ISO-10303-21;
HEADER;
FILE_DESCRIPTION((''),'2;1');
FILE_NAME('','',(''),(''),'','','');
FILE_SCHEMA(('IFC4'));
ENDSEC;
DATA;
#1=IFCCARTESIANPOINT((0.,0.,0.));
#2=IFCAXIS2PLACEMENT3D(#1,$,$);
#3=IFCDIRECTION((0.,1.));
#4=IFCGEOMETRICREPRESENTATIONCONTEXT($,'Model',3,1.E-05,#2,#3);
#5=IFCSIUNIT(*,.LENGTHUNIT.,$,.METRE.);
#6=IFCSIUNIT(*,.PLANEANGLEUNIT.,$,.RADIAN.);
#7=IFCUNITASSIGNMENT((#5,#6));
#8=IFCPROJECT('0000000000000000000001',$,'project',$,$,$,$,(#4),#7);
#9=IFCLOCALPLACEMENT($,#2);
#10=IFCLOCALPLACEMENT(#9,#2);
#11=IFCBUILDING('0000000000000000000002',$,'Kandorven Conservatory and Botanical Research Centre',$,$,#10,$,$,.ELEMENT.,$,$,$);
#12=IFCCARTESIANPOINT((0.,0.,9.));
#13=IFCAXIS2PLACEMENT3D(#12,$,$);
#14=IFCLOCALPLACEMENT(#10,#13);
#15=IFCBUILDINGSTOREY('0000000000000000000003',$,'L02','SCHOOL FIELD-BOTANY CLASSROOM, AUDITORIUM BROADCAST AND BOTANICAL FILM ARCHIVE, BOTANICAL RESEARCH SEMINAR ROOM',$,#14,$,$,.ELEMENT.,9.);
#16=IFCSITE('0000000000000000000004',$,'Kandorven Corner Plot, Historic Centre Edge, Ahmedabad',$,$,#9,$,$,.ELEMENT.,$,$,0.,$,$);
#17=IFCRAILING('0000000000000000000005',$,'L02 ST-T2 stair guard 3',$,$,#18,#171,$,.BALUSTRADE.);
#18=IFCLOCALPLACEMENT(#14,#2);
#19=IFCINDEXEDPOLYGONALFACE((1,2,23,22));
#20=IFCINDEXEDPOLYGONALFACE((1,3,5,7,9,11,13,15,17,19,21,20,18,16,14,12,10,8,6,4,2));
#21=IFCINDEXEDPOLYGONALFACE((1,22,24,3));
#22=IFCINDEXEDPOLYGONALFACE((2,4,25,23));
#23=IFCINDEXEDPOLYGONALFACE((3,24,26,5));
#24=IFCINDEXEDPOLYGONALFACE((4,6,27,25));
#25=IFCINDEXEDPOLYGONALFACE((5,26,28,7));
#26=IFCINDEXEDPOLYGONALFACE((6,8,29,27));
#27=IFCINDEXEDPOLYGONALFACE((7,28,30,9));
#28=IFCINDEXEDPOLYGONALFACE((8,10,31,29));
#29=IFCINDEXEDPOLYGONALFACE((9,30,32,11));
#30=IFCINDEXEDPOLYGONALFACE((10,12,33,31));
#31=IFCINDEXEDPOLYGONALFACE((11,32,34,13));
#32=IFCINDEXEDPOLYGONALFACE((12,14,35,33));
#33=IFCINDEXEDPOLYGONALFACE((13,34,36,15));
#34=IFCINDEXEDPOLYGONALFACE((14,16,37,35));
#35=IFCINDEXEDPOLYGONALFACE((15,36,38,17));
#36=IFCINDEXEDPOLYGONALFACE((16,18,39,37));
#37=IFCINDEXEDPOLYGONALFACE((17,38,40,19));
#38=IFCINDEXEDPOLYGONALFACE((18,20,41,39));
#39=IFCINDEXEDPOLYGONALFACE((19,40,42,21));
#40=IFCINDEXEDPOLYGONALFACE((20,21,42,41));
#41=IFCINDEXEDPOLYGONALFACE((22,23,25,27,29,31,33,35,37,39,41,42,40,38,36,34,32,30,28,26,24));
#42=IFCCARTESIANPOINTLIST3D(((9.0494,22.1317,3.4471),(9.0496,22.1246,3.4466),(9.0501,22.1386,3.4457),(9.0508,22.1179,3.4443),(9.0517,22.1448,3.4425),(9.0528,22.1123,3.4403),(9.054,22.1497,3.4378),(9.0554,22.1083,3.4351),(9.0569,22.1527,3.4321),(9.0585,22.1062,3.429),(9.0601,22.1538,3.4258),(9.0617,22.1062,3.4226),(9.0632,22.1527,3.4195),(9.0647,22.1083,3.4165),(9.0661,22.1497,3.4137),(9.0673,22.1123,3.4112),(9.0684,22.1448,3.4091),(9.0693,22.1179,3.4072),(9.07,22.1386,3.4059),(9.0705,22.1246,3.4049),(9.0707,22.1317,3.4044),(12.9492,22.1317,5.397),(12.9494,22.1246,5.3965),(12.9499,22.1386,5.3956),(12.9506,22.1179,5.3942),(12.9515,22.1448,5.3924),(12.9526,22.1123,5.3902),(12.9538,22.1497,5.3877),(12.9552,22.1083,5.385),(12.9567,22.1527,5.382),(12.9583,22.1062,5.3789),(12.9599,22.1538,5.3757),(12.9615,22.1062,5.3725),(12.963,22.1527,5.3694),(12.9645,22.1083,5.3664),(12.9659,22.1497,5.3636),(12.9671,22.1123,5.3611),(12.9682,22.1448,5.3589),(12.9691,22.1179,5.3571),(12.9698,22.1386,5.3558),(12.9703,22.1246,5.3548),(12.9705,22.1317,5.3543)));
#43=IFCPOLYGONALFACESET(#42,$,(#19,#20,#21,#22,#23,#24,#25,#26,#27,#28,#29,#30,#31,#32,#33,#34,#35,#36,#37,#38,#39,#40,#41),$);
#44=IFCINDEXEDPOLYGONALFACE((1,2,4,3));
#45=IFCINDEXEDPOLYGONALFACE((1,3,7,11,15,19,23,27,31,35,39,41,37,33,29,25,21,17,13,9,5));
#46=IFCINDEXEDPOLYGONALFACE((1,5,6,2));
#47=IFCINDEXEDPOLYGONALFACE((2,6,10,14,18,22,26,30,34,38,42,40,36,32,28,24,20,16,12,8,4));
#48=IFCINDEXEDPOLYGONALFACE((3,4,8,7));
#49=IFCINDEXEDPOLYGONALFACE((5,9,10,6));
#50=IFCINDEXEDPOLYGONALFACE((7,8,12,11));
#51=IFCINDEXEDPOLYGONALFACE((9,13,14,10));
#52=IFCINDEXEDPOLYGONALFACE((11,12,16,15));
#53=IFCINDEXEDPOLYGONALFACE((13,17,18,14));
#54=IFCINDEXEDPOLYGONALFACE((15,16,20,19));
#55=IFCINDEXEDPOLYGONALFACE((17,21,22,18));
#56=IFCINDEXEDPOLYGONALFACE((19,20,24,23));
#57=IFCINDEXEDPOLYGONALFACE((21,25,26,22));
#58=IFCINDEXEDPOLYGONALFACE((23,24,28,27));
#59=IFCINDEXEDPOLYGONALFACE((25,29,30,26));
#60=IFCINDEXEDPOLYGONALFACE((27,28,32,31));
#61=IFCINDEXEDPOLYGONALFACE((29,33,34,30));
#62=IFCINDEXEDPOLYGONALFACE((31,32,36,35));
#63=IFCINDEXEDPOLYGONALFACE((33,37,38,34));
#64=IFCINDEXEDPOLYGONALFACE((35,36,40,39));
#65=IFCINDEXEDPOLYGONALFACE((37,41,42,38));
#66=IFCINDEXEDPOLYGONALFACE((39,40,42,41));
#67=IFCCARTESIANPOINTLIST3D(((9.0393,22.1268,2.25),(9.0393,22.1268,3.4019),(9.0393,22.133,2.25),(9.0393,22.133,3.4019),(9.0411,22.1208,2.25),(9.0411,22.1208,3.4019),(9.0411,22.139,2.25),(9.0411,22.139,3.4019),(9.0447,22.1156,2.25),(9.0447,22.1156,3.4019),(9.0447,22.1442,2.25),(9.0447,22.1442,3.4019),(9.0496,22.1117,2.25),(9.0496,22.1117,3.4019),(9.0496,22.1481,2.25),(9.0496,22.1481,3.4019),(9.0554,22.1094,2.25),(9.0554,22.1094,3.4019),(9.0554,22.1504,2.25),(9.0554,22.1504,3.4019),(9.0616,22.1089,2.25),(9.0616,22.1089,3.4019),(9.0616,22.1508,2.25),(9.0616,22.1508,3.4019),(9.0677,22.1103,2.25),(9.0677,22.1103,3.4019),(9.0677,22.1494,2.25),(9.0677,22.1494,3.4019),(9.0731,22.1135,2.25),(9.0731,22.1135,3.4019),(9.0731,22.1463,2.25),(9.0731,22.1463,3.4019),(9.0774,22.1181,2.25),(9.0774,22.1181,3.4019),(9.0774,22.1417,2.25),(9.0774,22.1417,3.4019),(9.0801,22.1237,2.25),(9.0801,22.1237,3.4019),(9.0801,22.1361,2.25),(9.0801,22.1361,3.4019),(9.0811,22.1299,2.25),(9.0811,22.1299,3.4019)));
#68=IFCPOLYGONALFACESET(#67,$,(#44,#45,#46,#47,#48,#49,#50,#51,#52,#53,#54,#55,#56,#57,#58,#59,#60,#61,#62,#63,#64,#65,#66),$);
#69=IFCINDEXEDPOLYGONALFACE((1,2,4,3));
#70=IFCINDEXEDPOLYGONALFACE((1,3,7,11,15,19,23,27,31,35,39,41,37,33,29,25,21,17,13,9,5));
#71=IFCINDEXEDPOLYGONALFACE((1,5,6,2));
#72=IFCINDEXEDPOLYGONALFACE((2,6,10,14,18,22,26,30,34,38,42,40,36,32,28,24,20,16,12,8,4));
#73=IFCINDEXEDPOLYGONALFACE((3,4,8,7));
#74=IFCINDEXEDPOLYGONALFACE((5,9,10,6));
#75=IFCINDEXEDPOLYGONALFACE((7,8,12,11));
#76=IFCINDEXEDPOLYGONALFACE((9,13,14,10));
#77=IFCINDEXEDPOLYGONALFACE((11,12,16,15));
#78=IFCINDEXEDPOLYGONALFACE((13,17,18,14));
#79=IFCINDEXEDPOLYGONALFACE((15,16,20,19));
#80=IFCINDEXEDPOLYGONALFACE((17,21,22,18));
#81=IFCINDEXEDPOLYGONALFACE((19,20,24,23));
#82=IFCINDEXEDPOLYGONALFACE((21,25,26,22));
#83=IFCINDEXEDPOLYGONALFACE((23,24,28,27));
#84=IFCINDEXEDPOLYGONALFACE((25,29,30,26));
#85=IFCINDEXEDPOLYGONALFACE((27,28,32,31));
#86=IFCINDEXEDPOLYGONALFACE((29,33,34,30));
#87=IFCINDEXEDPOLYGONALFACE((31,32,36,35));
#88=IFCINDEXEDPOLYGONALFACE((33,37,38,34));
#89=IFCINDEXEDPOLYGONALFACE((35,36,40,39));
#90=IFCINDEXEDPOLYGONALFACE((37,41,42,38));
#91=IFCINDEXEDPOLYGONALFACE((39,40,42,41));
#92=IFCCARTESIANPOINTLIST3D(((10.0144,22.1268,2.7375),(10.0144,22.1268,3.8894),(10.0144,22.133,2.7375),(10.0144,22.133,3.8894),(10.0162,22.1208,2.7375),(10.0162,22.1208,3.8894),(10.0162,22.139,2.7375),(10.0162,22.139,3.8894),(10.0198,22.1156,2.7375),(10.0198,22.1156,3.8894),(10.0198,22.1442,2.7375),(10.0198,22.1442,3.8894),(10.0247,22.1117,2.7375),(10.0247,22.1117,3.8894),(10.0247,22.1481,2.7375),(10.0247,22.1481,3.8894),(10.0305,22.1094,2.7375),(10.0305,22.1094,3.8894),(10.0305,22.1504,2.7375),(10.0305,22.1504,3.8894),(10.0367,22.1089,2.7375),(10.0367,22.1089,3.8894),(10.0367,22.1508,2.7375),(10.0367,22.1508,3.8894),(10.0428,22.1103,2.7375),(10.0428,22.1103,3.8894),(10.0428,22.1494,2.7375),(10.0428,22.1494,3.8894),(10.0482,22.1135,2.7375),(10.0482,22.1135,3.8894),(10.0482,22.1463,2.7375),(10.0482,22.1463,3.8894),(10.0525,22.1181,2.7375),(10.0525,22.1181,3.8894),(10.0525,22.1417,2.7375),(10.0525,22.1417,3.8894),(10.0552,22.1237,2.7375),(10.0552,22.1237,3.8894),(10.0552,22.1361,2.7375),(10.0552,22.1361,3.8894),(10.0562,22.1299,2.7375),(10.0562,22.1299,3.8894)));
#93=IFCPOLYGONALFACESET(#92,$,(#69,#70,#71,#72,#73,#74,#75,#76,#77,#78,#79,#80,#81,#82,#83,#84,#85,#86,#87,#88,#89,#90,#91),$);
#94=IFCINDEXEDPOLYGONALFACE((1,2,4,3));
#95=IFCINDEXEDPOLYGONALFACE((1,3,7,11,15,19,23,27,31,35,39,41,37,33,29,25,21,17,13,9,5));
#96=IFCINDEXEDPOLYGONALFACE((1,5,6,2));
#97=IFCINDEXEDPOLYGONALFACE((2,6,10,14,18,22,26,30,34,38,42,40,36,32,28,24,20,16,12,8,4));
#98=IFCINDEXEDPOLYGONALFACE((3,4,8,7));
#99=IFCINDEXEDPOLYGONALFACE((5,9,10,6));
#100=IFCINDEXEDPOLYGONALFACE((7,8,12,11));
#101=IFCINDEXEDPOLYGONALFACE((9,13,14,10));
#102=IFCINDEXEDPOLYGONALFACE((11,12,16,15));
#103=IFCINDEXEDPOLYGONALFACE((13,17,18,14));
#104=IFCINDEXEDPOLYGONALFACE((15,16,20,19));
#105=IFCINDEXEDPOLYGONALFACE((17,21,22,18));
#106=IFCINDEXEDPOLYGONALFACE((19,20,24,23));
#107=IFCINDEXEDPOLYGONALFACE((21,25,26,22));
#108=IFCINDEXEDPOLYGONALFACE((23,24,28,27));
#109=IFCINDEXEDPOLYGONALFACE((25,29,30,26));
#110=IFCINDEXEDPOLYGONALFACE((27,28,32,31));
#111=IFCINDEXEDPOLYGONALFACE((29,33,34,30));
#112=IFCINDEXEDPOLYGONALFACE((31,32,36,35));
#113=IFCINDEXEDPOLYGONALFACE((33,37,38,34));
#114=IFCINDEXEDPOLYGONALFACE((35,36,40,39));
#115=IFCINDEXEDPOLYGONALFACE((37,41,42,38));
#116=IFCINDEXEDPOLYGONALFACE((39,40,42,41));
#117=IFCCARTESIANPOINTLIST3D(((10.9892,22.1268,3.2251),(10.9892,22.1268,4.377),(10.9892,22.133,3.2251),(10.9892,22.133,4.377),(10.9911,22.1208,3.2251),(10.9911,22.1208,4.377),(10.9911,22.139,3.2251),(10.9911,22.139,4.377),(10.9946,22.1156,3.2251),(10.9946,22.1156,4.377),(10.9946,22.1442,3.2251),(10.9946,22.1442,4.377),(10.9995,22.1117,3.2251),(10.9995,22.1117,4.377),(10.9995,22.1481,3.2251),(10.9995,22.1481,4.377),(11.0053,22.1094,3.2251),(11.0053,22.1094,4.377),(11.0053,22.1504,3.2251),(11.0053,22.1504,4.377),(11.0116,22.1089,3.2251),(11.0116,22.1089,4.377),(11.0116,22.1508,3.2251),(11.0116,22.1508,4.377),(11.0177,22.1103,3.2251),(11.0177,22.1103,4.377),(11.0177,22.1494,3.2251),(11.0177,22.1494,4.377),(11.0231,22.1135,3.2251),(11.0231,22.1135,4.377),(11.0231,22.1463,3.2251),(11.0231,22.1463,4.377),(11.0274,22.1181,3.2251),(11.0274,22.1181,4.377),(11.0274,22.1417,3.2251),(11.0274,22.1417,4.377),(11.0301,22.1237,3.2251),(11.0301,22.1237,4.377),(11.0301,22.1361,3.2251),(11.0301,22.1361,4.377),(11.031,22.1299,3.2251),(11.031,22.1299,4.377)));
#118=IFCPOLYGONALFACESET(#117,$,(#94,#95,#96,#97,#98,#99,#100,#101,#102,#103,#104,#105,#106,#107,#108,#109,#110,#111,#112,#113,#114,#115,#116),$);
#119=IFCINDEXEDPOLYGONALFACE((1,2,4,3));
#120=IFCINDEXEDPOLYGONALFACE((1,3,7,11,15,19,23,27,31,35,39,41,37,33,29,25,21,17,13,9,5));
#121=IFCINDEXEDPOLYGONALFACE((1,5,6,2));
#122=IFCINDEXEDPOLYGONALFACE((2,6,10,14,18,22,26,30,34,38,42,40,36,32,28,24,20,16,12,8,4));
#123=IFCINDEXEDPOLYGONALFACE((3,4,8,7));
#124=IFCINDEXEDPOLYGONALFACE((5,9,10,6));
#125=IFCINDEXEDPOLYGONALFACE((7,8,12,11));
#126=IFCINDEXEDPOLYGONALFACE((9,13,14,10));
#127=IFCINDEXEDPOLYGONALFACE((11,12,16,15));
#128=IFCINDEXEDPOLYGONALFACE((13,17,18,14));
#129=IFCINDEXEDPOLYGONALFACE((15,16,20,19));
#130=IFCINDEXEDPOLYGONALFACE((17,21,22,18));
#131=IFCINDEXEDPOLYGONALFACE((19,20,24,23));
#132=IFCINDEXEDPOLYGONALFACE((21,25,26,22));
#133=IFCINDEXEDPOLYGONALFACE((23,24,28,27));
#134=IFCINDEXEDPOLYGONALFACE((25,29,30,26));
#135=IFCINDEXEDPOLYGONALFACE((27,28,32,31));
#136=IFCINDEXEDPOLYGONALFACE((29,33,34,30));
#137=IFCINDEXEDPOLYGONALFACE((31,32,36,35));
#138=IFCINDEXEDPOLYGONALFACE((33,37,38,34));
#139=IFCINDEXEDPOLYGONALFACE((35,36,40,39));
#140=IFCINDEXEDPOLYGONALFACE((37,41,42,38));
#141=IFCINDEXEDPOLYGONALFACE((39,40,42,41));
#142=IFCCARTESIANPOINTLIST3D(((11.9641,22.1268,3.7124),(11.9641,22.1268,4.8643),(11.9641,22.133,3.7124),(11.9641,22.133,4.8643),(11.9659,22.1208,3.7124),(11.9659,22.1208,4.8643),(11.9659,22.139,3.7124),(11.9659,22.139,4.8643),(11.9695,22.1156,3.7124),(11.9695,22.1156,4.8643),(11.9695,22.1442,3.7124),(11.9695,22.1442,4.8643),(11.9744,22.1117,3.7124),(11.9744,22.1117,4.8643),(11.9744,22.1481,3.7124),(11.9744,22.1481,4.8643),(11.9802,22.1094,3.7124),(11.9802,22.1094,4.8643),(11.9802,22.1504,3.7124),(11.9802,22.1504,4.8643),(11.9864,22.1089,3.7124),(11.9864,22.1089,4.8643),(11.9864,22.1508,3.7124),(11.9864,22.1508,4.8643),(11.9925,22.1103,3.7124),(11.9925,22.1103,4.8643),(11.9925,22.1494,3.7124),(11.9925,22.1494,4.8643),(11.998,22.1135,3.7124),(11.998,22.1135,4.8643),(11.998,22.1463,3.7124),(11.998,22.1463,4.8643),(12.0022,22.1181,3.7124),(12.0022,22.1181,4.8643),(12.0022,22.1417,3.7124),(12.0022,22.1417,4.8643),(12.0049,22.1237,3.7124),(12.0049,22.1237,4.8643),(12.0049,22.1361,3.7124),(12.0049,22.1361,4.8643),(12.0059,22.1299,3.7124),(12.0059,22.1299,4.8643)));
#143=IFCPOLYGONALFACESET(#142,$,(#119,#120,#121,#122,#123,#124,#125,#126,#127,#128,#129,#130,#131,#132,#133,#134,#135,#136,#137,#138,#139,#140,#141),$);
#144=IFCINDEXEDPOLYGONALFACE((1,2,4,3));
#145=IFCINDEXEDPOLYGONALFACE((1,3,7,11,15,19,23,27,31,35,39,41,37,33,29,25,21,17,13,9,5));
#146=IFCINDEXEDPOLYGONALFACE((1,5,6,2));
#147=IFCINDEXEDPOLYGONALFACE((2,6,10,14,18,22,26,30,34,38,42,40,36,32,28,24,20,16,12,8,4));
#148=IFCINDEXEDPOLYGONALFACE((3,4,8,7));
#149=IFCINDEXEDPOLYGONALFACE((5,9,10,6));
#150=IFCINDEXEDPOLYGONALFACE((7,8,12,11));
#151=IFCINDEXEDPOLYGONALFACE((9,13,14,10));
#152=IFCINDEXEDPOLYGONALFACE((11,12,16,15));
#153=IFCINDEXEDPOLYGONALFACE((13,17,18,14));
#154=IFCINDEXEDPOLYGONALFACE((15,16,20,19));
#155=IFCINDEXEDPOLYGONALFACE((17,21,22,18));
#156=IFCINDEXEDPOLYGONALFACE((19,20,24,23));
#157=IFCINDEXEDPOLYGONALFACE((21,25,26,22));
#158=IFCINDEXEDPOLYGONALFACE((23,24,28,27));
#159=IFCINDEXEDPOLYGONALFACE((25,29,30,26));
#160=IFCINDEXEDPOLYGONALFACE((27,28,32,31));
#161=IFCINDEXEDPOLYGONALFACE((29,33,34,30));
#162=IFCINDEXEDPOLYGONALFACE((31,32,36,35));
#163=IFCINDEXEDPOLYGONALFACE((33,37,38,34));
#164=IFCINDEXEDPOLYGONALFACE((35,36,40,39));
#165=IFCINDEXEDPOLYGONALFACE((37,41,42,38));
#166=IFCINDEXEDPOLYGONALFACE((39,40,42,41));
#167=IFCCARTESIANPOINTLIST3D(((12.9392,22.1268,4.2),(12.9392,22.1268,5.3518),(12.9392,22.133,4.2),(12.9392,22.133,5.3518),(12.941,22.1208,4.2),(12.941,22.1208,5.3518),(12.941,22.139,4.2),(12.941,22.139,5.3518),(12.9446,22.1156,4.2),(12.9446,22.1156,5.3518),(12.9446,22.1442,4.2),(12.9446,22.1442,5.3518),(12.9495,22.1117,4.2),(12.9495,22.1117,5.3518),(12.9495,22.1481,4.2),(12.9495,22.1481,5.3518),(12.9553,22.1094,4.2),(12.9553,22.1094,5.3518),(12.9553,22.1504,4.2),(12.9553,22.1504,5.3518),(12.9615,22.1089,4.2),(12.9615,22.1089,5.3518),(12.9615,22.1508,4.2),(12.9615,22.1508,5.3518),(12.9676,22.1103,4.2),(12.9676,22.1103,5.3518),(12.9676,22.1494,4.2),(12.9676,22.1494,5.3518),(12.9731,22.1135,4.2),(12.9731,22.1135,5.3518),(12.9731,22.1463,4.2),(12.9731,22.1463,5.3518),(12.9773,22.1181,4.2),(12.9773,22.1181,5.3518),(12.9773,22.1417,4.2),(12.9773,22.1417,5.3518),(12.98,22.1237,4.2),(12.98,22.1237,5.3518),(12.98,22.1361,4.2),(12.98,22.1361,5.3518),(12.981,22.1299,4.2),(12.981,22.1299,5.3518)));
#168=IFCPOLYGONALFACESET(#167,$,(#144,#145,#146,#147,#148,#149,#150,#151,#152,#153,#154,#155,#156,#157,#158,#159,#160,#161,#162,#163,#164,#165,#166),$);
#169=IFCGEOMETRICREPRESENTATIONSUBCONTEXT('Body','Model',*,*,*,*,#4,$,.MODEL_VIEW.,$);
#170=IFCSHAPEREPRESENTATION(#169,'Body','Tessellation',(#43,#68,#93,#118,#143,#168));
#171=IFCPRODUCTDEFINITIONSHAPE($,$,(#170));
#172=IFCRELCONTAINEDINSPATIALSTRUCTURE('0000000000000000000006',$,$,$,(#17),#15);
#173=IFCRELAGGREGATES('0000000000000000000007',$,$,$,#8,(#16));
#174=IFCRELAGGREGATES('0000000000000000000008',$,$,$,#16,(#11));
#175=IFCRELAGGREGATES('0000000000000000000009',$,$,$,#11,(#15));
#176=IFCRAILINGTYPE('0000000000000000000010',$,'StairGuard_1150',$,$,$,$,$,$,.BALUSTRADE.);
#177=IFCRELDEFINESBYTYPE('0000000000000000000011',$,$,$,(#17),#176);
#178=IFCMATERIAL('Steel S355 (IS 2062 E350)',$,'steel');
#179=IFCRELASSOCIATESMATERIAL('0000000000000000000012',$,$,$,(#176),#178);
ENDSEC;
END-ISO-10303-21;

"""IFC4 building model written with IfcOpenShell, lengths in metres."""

from ifc_helpers import new_model, si_unit, direction, frame, origin, origin_2d, place, context, subcontext, project, spatial, circle, extrude, material, type_object, element, save


model = new_model("IFC4")

# Units and contexts
model_context = context("Model", 3, precision=1e-05, world=origin(), true_north=direction((0.0, 1.0)))
body_context = subcontext(model_context, "Body", "Model", "MODEL_VIEW")
ifc_project = project(units=[si_unit("LENGTHUNIT", "METRE"), si_unit("PLANEANGLEUNIT", "RADIAN")], contexts=[model_context])

# Site, building, storey
site_placement = place(None, origin())
site = spatial("IfcSite", under=ifc_project, at=site_placement, Name="Kandorven Corner Plot, Historic Centre Edge, Ahmedabad", CompositionType="ELEMENT", RefElevation=0.0)
building_placement = place(site_placement, origin())
building = spatial("IfcBuilding", under=site, at=building_placement, Name="Kandorven Conservatory and Botanical Research Centre", CompositionType="ELEMENT")
storey_placement = place(building_placement, frame((0.0, 0.0, 9.0)))
storey = spatial("IfcBuildingStorey", under=building, at=storey_placement, Name="L02", Description="SCHOOL FIELD-BOTANY CLASSROOM, AUDITORIUM BROADCAST AND BOTANICAL FILM ARCHIVE, BOTANICAL RESEARCH SEMINAR ROOM", CompositionType="ELEMENT", Elevation=9.0)

# Railing
ifc_material_1 = material(Name="Steel S355 (IS 2062 E350)", Category="steel")
railing_type_1 = type_object("IfcRailingType", Name="StairGuard_1150", PredefinedType="BALUSTRADE", material=ifc_material_1)
railing_1_placement = place(storey_placement, frame((9.0601, 22.1299, 2.25)))
element("IfcRailing", 1, at=railing_1_placement, inside=storey, type_object=railing_type_1, Name="L02 ST-T2 stair guard 3", PredefinedType="BALUSTRADE", context=body_context, shape_type="SweptSolid", body=[
    extrude(circle(Radius=0.0239, at=origin_2d()), frame((0.0, 0.0, 1.1758), z_axis=(0.894427, 0.0, 0.447214), x_axis=(0.0, 1.0, 0.0)), (0.0, 0.0, 1.0), 4.3601),
    extrude(circle(Radius=0.021, at=origin_2d()), origin(), (0.0, 0.0, 1.0), 1.1519),
    extrude(circle(Radius=0.021, at=origin_2d()), frame((0.9751, 0.0, 0.4875)), (0.0, 0.0, 1.0), 1.1519),
    extrude(circle(Radius=0.021, at=origin_2d()), frame((1.95, 0.0, 0.9751)), (0.0, 0.0, 1.0), 1.1519),
    extrude(circle(Radius=0.021, at=origin_2d()), frame((2.9248, 0.0, 1.4624)), (0.0, 0.0, 1.0), 1.1519),
    extrude(circle(Radius=0.021, at=origin_2d()), frame((3.8999, 0.0, 1.95)), (0.0, 0.0, 1.0), 1.1519),
])

save(model, "model.ifc")
